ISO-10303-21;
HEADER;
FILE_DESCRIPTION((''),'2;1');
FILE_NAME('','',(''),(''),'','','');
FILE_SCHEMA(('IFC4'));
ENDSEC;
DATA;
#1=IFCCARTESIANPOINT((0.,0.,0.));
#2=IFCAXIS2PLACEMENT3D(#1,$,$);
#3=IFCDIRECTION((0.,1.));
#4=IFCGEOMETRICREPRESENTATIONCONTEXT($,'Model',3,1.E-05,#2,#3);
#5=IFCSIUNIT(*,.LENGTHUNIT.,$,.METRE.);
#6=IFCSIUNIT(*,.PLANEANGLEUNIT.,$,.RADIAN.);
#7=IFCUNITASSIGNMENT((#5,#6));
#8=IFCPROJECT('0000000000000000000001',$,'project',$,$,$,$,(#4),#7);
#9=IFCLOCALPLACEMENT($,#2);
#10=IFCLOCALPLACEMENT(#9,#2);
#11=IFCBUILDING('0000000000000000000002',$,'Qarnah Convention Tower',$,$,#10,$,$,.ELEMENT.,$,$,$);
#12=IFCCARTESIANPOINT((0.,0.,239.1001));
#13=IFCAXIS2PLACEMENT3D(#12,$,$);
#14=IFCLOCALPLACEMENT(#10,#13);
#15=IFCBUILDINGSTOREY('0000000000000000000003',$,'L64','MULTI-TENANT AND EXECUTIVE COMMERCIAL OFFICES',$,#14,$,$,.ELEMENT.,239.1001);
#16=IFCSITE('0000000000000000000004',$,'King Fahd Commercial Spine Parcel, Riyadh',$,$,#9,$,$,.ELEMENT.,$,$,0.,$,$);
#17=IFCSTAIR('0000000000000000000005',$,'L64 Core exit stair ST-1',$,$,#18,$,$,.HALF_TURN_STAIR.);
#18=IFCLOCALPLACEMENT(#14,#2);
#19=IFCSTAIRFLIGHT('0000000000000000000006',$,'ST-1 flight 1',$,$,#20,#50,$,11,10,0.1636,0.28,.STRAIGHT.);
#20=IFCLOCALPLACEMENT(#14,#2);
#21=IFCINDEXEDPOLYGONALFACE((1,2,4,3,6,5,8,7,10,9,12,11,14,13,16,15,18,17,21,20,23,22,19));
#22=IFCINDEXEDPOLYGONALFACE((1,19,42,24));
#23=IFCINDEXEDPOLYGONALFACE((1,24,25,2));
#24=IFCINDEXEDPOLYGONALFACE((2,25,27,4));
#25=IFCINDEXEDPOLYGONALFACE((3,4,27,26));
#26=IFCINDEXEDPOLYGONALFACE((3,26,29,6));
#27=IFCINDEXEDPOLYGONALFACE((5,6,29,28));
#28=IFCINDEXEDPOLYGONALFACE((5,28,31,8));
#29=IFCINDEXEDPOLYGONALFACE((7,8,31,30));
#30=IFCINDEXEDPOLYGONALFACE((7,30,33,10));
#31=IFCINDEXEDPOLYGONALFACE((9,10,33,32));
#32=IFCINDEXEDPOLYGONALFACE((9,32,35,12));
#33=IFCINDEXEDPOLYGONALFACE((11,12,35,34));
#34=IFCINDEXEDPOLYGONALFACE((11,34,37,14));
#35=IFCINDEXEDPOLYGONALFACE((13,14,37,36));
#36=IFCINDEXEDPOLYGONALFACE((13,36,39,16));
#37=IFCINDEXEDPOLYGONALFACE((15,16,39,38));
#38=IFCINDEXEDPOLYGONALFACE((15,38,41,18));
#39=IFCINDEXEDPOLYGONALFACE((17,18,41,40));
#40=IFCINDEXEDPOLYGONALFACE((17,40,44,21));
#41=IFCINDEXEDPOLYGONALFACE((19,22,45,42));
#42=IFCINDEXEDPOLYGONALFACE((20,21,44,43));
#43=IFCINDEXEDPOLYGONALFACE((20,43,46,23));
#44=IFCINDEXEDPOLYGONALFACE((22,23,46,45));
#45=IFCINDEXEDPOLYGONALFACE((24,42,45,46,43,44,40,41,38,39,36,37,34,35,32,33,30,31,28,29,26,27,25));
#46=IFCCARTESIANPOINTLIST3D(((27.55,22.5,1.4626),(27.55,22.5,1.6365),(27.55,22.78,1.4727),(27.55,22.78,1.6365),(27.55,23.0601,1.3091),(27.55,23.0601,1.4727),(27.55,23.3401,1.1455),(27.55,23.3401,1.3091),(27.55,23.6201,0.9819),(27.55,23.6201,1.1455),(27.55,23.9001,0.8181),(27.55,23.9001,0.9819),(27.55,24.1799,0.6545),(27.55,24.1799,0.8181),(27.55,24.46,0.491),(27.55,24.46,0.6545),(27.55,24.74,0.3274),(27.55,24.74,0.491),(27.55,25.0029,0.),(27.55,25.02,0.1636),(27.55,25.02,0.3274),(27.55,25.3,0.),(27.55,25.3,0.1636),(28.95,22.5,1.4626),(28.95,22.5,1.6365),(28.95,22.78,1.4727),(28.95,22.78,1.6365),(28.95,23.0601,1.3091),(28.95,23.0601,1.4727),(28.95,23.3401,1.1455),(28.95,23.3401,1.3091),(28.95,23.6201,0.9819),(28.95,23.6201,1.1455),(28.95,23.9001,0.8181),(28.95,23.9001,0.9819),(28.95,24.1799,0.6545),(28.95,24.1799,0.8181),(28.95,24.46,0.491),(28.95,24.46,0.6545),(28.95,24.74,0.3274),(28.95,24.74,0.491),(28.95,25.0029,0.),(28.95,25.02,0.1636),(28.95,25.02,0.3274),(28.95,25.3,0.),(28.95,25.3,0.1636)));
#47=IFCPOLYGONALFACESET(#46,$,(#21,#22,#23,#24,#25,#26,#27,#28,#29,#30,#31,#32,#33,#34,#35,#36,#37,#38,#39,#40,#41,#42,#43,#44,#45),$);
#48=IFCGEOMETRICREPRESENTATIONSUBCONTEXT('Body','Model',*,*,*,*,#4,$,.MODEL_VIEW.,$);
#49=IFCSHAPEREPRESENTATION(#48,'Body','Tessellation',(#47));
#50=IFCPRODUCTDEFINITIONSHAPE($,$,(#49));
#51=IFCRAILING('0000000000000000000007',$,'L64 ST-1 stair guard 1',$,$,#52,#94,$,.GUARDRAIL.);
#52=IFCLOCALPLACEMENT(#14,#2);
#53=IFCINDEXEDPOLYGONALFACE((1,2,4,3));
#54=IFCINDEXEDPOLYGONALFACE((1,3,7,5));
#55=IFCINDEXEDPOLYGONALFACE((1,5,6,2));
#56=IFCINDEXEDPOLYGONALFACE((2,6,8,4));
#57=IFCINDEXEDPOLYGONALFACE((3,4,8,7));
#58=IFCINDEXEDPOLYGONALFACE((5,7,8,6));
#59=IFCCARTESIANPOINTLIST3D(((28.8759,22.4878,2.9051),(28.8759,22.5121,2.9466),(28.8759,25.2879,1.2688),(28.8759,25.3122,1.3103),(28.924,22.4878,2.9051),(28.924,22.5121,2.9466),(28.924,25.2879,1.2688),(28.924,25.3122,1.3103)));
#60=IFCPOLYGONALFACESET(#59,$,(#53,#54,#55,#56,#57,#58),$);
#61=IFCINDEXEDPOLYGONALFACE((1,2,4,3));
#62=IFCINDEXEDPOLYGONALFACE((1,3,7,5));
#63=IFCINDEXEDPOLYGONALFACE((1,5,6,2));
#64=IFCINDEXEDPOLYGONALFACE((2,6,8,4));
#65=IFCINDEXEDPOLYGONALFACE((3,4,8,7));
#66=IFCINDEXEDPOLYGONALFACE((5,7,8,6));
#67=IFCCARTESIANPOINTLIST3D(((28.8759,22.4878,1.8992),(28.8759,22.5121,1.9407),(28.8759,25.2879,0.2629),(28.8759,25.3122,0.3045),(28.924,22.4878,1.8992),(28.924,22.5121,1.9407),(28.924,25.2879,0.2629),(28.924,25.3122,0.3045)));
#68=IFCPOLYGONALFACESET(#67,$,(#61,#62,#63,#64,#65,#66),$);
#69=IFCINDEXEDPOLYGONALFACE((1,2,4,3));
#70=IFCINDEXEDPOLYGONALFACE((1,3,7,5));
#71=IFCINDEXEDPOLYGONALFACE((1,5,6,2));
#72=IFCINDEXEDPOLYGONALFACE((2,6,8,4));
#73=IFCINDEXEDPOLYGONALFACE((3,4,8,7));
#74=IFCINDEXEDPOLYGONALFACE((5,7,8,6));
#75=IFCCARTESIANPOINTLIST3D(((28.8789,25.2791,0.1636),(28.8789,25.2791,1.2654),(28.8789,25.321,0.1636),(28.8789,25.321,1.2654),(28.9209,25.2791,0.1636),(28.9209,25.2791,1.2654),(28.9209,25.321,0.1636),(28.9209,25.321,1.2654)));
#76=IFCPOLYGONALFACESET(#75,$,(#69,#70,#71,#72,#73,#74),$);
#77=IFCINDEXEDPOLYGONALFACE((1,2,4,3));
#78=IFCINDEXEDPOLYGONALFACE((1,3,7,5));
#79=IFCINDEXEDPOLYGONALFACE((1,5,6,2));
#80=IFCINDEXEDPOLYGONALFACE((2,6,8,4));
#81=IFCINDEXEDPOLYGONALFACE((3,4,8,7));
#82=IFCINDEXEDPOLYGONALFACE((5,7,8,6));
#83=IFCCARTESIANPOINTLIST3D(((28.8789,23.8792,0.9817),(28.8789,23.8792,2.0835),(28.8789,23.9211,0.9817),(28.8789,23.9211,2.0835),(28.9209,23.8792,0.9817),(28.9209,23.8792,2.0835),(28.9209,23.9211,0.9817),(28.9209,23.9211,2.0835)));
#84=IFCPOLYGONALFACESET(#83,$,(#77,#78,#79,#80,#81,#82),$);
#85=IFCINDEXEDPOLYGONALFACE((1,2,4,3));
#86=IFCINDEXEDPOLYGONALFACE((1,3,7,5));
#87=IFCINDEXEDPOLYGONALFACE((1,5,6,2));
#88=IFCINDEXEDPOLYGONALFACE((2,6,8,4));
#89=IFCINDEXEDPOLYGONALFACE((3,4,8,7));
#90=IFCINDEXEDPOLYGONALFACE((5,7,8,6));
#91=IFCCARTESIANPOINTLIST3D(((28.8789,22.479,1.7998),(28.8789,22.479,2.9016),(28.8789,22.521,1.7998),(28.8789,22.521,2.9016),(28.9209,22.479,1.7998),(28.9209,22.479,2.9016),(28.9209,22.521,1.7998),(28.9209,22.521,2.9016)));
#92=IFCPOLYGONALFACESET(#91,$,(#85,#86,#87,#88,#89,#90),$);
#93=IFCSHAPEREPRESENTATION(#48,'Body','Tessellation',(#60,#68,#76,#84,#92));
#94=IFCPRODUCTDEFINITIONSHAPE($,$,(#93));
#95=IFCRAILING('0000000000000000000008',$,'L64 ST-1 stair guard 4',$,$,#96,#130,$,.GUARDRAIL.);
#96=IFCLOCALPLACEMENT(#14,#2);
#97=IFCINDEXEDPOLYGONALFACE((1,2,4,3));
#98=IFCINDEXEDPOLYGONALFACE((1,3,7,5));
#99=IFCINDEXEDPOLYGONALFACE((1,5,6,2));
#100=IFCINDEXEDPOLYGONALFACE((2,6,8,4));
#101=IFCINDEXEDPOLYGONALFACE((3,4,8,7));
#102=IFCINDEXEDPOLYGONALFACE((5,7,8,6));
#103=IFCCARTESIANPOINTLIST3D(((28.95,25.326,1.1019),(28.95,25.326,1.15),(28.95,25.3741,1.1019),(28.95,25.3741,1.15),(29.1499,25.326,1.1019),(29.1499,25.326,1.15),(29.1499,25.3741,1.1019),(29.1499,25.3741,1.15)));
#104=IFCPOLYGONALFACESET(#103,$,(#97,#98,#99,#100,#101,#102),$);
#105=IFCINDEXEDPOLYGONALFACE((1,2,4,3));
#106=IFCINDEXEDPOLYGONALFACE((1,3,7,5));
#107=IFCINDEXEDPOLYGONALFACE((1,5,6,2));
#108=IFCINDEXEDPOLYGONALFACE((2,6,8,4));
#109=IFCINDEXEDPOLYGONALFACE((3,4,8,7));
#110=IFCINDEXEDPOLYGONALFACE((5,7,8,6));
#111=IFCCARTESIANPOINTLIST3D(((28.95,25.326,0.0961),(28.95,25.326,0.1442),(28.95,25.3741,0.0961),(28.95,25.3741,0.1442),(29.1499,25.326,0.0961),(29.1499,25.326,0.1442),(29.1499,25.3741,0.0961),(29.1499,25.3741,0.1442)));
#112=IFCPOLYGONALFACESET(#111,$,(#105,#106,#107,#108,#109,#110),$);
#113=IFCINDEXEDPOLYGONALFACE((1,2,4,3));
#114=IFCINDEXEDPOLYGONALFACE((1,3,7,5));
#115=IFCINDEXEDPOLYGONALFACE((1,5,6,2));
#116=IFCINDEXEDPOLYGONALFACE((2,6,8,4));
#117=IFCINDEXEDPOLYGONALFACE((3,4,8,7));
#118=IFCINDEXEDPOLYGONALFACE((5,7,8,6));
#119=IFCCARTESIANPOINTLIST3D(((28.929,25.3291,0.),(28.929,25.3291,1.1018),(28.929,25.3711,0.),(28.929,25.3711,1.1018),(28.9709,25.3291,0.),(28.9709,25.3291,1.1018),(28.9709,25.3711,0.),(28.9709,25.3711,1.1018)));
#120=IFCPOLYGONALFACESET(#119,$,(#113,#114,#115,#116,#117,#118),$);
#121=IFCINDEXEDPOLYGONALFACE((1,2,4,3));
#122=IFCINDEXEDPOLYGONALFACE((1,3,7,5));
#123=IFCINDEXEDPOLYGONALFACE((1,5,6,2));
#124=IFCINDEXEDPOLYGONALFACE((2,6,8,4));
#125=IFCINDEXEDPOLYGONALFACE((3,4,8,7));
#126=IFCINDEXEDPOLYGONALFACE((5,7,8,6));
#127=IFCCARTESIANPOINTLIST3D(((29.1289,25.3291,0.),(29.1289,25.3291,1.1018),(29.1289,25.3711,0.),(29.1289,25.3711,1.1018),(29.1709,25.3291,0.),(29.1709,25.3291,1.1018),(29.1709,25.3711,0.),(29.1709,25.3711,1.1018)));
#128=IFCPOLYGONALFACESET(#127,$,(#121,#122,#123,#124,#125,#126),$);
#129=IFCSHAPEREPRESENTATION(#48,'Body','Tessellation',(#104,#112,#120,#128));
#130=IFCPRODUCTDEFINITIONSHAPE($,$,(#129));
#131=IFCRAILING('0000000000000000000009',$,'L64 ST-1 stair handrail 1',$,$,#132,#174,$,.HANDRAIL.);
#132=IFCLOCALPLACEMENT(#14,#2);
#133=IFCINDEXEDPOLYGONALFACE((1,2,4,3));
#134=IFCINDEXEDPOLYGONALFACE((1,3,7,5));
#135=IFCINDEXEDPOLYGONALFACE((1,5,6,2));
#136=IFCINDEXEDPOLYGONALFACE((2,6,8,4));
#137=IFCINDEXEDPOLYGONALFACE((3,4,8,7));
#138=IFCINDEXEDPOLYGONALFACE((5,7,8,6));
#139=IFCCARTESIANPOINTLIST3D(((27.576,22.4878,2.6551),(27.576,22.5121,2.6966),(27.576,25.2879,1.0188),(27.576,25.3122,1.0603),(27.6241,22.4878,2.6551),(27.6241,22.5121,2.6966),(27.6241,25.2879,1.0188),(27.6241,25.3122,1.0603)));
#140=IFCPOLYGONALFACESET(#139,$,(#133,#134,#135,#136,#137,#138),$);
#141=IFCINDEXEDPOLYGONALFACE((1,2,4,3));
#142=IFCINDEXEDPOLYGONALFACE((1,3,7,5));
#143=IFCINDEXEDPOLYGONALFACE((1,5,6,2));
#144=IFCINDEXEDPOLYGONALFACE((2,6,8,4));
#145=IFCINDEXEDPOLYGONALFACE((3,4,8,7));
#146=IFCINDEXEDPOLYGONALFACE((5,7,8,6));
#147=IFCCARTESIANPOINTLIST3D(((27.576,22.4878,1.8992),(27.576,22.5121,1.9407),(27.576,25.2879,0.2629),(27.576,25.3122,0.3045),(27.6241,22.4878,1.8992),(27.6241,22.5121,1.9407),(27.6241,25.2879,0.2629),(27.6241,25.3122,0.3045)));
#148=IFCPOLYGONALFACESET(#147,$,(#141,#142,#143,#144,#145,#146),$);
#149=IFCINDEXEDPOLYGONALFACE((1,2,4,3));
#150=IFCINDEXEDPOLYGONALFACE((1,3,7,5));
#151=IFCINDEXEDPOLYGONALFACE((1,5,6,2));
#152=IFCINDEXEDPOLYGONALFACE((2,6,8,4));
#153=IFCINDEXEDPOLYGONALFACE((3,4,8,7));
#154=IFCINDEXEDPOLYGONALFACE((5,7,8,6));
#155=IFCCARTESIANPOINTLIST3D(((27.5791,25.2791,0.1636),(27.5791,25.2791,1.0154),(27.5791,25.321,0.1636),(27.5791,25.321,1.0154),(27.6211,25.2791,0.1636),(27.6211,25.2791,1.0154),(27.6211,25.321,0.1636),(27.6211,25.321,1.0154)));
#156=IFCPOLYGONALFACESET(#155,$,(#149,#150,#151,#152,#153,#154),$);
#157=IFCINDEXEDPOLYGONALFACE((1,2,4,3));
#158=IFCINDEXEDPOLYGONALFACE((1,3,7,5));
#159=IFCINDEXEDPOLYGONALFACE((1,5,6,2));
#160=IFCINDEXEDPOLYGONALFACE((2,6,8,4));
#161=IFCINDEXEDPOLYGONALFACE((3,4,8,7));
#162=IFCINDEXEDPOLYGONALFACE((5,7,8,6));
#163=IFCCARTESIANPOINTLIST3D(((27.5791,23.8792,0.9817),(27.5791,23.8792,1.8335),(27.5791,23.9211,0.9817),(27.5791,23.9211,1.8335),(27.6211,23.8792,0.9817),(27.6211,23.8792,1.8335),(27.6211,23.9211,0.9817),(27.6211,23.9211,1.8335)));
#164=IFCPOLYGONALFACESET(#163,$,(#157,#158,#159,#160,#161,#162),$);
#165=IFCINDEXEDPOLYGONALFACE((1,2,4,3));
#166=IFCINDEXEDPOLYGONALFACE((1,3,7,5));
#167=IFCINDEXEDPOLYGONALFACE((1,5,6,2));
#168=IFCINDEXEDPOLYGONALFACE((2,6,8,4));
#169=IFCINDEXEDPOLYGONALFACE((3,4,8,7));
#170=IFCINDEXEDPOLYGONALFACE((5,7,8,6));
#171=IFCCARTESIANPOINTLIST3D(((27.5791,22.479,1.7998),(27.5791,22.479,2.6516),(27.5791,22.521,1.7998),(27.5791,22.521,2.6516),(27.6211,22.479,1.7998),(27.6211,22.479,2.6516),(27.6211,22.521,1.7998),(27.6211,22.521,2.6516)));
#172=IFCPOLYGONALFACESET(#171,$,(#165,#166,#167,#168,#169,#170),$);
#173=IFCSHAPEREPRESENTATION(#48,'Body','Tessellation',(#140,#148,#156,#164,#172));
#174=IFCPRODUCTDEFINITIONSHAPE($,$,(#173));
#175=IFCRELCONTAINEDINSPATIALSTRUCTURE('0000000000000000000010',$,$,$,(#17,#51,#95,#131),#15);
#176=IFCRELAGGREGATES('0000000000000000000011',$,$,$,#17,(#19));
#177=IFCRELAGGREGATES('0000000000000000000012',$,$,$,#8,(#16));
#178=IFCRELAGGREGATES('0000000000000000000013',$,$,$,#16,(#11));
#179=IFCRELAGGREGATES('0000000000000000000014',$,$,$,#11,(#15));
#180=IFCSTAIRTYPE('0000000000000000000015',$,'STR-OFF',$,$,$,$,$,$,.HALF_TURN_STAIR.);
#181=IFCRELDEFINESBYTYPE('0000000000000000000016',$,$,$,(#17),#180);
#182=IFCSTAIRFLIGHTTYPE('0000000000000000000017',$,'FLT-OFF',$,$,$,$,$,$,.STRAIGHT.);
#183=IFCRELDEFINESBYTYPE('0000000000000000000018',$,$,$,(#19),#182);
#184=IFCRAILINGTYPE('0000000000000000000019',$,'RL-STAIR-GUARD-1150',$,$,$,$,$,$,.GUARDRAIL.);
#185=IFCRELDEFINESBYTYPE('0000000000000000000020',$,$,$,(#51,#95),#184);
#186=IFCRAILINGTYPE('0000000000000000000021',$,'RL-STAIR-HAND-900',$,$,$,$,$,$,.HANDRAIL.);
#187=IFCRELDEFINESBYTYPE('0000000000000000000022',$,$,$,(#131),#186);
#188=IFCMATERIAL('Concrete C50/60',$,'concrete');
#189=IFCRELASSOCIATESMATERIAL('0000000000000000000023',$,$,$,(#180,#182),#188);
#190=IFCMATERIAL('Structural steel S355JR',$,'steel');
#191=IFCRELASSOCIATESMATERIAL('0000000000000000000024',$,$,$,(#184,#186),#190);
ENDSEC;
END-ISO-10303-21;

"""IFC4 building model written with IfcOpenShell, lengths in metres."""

from ifc_helpers import new_model, si_unit, direction, frame, origin, origin_2d, place, context, subcontext, project, spatial, polyline, rectangle, outline, extrude, material, type_object, element, aggregate, save


model = new_model("IFC4")

# Units and contexts
model_context = context("Model", 3, precision=1e-05, world=origin(), true_north=direction((0.0, 1.0)))
body_context = subcontext(model_context, "Body", "Model", "MODEL_VIEW")
ifc_project = project(units=[si_unit("LENGTHUNIT", "METRE"), si_unit("PLANEANGLEUNIT", "RADIAN")], contexts=[model_context])

# Site, building, storey
site_placement = place(None, origin())
site = spatial("IfcSite", under=ifc_project, at=site_placement, Name="King Fahd Commercial Spine Parcel, Riyadh", CompositionType="ELEMENT", RefElevation=0.0)
building_placement = place(site_placement, origin())
building = spatial("IfcBuilding", under=site, at=building_placement, Name="Qarnah Convention Tower", CompositionType="ELEMENT")
storey_placement = place(building_placement, frame((0.0, 0.0, 239.1001)))
storey = spatial("IfcBuildingStorey", under=building, at=storey_placement, Name="L64", Description="MULTI-TENANT AND EXECUTIVE COMMERCIAL OFFICES", CompositionType="ELEMENT", Elevation=239.1001)

# Shared definitions
ifc_material_1 = material(Name="Concrete C50/60", Category="concrete")

# Shared definitions
ifc_material_2 = material(Name="Structural steel S355JR", Category="steel")

# Stair, stair flight
stair_type = type_object("IfcStairType", Name="STR-OFF", PredefinedType="HALF_TURN_STAIR", material=ifc_material_1)
stair_placement = place(storey_placement, origin())
stair = element("IfcStair", 1, at=stair_placement, inside=storey, type_object=stair_type, Name="L64 Core exit stair ST-1", PredefinedType="HALF_TURN_STAIR")
stair_flight_type = type_object("IfcStairFlightType", Name="FLT-OFF", PredefinedType="STRAIGHT", material=ifc_material_1)
stair_flight_placement = place(storey_placement, frame((28.25, 25.3, 0.0), z_axis=(0.0, 0.0, 1.0), x_axis=(0.0, -1.0, 0.0)))
stair_flight = element("IfcStairFlight", 2, at=stair_flight_placement, type_object=stair_flight_type, Name="ST-1 flight 1", NumberOfRisers=11, NumberOfTreads=10, PredefinedType="STRAIGHT", RiserHeight=0.1636, TreadLength=0.28, context=body_context, shape_type="SweptSolid", body=[
    extrude(outline(polyline([(0.0, 0.0), (0.0, 0.1636), (0.28, 0.1636), (0.28, 0.3274), (0.5601, 0.3274), (0.5601, 0.491), (0.8401, 0.491), (0.8401, 0.6545), (1.1201, 0.6545), (1.1201, 0.8181), (1.3999, 0.8181), (1.3999, 0.9819), (1.6799, 0.9819), (1.6799, 1.1455), (1.96, 1.1455), (1.96, 1.3091), (2.24, 1.3091), (2.24, 1.4727), (2.52, 1.4727), (2.52, 1.6365), (2.8, 1.6365), (2.8, 1.8), (2.8, 1.4626), (0.2971, 0.0), (0.0, 0.0)])), frame((0.0, 0.7, 0.0), z_axis=(0.0, -1.0, 0.0), x_axis=(1.0, 0.0, 0.0)), (0.0, 0.0, 1.0), 1.3999),
])
aggregate(stair, [stair_flight])

# Railings
railing_type_1 = type_object("IfcRailingType", Name="RL-STAIR-GUARD-1150", PredefinedType="GUARDRAIL", material=ifc_material_2)
railing_1_placement = place(storey_placement, frame((28.8999, 25.3, 0.1636)))
element("IfcRailing", 3, at=railing_1_placement, inside=storey, type_object=railing_type_1, Name="L64 ST-1 stair guard 1", PredefinedType="GUARDRAIL", context=body_context, shape_type="SweptSolid", body=[
    extrude(rectangle(XDim=0.0481, YDim=0.0481, at=origin_2d()), frame((0.0, 0.0, 1.126), z_axis=(0.0, -0.863394, 0.504531), x_axis=(1.0, 0.0, 0.0)), (0.0, 0.0, 1.0), 3.2432),
    extrude(rectangle(XDim=0.0481, YDim=0.0481, at=origin_2d()), frame((0.0, 0.0, 0.1201), z_axis=(0.0, -0.863394, 0.504531), x_axis=(1.0, 0.0, 0.0)), (0.0, 0.0, 1.0), 3.2432),
    extrude(rectangle(XDim=0.042, YDim=0.042, at=origin_2d()), origin(), (0.0, 0.0, 1.0), 1.1018),
    extrude(rectangle(XDim=0.042, YDim=0.042, at=origin_2d()), frame((0.0, -1.3999, 0.8181)), (0.0, 0.0, 1.0), 1.1018),
    extrude(rectangle(XDim=0.042, YDim=0.042, at=origin_2d()), frame((0.0, -2.8, 1.6362)), (0.0, 0.0, 1.0), 1.1018),
])
railing_2_placement = place(storey_placement, frame((28.95, 25.3501, 0.0)))
element("IfcRailing", 4, at=railing_2_placement, inside=storey, type_object=railing_type_1, Name="L64 ST-1 stair guard 4", PredefinedType="GUARDRAIL", context=body_context, shape_type="SweptSolid", body=[
    extrude(rectangle(XDim=0.0481, YDim=0.0481, at=origin_2d()), frame((0.0, 0.0, 1.126), z_axis=(1.0, 0.0, 0.0), x_axis=(0.0, 1.0, 0.0)), (0.0, 0.0, 1.0), 0.2),
    extrude(rectangle(XDim=0.0481, YDim=0.0481, at=origin_2d()), frame((0.0, 0.0, 0.1201), z_axis=(1.0, 0.0, 0.0), x_axis=(0.0, 1.0, 0.0)), (0.0, 0.0, 1.0), 0.2),
    extrude(rectangle(XDim=0.042, YDim=0.042, at=origin_2d()), origin(), (0.0, 0.0, 1.0), 1.1018),
    extrude(rectangle(XDim=0.042, YDim=0.042, at=origin_2d()), frame((0.2, 0.0, 0.0)), (0.0, 0.0, 1.0), 1.1018),
])
railing_type_2 = type_object("IfcRailingType", Name="RL-STAIR-HAND-900", PredefinedType="HANDRAIL", material=ifc_material_2)
railing_3_placement = place(storey_placement, frame((27.6001, 25.3, 0.1636)))
element("IfcRailing", 5, at=railing_3_placement, inside=storey, type_object=railing_type_2, Name="L64 ST-1 stair handrail 1", PredefinedType="HANDRAIL", context=body_context, shape_type="SweptSolid", body=[
    extrude(rectangle(XDim=0.0481, YDim=0.0481, at=origin_2d()), frame((0.0, 0.0, 0.876), z_axis=(0.0, -0.863394, 0.504531), x_axis=(1.0, 0.0, 0.0)), (0.0, 0.0, 1.0), 3.2432),
    extrude(rectangle(XDim=0.0481, YDim=0.0481, at=origin_2d()), frame((0.0, 0.0, 0.1201), z_axis=(0.0, -0.863394, 0.504531), x_axis=(1.0, 0.0, 0.0)), (0.0, 0.0, 1.0), 3.2432),
    extrude(rectangle(XDim=0.042, YDim=0.042, at=origin_2d()), origin(), (0.0, 0.0, 1.0), 0.8518),
    extrude(rectangle(XDim=0.042, YDim=0.042, at=origin_2d()), frame((0.0, -1.3999, 0.8181)), (0.0, 0.0, 1.0), 0.8518),
    extrude(rectangle(XDim=0.042, YDim=0.042, at=origin_2d()), frame((0.0, -2.8, 1.6362)), (0.0, 0.0, 1.0), 0.8518),
])

save(model, "model.ifc")
